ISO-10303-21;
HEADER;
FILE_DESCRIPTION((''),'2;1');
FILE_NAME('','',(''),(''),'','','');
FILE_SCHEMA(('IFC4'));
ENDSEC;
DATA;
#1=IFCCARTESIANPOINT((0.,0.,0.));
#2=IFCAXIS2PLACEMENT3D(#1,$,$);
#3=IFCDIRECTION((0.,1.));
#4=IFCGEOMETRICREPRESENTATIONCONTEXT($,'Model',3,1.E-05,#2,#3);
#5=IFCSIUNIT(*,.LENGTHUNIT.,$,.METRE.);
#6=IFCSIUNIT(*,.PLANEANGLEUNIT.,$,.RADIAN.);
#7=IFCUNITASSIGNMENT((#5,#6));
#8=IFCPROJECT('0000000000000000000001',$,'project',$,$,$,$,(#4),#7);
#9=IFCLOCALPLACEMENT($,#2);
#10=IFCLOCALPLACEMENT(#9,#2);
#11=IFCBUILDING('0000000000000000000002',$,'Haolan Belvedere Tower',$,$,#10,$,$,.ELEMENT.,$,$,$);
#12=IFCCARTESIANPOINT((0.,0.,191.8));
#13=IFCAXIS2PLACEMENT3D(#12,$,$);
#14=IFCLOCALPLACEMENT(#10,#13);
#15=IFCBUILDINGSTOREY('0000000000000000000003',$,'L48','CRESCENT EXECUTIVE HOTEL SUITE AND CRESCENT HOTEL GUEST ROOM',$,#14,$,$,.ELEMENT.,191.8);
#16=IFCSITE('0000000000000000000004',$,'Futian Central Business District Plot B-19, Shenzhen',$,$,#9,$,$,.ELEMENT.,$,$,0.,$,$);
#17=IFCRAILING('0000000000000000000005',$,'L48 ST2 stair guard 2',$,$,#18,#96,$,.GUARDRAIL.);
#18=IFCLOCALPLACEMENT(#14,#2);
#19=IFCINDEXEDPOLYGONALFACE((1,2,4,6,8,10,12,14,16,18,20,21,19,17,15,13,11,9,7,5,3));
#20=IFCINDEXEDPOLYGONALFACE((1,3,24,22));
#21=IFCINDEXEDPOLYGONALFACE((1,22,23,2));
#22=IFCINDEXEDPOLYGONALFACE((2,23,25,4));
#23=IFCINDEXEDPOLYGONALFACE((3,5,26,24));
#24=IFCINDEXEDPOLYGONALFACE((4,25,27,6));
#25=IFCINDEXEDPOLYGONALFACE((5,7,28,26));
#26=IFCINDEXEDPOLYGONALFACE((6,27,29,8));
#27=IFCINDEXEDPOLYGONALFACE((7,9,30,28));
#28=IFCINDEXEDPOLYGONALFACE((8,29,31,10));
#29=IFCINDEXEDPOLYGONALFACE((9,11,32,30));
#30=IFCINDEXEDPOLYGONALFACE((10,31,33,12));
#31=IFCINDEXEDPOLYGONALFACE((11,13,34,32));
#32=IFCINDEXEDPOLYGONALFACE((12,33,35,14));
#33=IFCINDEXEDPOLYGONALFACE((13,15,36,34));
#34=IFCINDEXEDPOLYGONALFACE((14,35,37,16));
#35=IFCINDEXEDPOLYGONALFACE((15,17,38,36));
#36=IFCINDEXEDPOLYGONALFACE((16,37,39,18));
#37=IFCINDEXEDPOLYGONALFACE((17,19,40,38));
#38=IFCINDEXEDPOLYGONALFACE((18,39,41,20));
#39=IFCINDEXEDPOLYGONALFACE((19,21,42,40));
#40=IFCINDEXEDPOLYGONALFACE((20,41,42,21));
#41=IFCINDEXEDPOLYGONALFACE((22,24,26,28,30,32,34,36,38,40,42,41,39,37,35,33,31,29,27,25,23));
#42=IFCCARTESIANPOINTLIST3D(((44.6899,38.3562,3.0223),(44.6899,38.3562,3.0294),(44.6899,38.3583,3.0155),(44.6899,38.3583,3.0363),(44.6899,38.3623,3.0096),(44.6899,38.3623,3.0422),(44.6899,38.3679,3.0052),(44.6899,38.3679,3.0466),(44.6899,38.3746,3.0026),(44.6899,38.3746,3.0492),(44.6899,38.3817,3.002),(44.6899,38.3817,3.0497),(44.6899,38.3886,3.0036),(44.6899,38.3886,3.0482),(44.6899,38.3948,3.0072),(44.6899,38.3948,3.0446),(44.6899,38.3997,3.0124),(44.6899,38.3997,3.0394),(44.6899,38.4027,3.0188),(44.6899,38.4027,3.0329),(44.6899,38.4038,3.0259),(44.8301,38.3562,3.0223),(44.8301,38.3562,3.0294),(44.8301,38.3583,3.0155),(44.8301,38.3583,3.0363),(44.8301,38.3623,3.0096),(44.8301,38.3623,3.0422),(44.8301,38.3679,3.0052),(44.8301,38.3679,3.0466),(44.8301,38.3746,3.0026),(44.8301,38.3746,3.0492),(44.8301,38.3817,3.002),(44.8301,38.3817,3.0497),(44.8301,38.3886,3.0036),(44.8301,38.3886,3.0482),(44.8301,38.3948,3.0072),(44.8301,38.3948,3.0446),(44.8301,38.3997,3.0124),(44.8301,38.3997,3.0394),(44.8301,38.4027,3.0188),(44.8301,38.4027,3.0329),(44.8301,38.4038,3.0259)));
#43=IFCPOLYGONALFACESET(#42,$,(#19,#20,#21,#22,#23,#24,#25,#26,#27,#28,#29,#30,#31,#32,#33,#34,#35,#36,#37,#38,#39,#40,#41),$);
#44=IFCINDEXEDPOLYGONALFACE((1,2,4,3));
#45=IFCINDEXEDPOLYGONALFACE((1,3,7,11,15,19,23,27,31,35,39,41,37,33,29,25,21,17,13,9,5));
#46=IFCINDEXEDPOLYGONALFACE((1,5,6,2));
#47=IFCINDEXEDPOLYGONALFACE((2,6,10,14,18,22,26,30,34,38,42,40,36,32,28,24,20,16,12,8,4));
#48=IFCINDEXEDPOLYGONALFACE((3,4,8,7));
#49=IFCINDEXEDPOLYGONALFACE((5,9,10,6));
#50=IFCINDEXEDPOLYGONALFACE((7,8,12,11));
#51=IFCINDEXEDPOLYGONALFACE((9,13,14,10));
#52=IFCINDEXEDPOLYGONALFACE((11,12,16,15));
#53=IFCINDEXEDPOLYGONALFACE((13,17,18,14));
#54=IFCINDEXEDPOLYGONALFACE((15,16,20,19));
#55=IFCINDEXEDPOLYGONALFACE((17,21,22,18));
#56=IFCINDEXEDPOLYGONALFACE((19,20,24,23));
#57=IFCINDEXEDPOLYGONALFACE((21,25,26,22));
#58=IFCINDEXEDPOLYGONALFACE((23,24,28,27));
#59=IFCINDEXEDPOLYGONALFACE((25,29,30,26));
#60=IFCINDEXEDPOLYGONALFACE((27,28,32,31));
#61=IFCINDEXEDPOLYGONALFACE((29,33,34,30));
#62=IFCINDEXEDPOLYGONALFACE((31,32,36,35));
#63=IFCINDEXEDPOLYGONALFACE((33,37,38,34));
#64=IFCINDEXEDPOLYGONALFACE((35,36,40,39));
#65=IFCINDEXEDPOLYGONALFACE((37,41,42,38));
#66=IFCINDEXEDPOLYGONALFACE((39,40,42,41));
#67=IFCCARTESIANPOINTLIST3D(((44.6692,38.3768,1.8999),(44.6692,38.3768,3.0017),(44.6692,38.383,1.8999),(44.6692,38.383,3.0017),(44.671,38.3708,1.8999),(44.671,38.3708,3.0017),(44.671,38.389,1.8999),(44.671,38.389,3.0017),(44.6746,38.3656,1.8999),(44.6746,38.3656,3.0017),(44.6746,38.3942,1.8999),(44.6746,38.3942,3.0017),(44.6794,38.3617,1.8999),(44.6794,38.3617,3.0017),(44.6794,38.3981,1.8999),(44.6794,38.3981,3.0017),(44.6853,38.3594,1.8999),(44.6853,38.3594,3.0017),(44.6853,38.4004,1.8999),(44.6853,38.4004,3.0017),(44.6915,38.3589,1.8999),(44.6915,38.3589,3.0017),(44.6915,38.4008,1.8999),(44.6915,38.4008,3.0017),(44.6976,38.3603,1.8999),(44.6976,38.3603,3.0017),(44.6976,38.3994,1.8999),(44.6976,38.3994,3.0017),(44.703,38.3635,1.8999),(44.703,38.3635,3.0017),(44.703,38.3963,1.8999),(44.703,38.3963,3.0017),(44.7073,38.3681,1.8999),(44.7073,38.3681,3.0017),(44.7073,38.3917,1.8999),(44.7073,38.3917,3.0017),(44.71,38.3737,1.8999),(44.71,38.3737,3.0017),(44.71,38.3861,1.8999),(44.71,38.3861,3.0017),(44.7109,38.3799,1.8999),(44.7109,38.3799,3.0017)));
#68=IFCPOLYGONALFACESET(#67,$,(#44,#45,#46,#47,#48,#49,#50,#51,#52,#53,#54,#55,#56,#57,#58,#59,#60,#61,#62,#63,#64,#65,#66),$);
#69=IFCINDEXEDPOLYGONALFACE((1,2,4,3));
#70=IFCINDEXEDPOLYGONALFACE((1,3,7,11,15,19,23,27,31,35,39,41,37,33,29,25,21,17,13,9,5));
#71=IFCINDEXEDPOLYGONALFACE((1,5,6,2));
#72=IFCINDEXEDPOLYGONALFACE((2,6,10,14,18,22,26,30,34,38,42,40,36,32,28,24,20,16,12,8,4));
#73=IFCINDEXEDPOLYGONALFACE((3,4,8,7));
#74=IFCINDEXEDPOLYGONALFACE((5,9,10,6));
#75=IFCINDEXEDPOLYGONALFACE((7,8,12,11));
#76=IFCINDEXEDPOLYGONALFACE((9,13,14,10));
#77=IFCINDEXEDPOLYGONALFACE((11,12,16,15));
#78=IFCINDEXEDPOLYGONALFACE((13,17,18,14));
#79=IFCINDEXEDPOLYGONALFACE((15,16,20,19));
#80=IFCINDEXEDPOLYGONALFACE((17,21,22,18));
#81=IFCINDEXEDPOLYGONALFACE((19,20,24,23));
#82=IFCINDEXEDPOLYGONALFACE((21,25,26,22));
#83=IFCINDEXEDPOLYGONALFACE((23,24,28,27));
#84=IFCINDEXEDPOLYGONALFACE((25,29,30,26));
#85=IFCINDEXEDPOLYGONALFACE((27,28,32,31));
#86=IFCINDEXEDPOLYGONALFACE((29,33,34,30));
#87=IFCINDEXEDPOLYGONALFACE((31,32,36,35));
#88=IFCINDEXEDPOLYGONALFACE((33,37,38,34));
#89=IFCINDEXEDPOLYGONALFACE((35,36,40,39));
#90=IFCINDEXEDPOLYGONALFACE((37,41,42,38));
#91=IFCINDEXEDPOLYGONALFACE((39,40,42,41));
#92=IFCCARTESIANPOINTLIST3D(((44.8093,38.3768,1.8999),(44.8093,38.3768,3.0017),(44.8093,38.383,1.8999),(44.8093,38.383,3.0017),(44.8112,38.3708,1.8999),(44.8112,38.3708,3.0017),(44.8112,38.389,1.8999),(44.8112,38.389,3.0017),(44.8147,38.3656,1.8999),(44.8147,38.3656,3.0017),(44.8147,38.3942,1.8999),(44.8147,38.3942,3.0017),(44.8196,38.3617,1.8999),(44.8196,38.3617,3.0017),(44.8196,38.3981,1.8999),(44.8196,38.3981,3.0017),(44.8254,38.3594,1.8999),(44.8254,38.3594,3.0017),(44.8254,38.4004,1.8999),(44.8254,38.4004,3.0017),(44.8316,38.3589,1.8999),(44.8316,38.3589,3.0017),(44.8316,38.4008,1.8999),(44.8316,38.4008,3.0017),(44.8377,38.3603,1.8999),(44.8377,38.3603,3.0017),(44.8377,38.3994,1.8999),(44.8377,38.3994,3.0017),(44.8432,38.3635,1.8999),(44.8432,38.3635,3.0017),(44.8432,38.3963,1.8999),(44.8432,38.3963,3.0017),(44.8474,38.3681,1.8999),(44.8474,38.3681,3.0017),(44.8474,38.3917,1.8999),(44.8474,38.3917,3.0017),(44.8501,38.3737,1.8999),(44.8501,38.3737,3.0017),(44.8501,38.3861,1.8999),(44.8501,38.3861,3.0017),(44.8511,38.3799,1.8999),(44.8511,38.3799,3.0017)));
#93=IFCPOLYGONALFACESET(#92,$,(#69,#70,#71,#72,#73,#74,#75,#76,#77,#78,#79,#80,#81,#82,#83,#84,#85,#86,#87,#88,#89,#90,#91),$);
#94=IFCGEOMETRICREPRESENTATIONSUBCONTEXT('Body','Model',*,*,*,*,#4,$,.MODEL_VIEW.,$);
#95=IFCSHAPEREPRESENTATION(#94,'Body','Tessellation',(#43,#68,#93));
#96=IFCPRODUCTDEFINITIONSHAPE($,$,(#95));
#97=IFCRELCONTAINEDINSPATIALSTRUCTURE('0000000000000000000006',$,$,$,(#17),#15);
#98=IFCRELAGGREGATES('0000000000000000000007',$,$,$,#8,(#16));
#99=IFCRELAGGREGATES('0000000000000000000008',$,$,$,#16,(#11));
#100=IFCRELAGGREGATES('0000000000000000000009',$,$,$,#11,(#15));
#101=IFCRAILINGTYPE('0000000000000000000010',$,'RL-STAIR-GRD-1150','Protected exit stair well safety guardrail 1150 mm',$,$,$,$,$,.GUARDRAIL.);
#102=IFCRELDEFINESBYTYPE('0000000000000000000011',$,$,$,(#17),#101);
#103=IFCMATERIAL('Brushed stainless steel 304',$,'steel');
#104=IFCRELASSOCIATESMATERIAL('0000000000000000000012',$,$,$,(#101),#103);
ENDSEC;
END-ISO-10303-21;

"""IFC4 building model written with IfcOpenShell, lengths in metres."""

from ifc_helpers import new_model, si_unit, direction, frame, origin, origin_2d, place, context, subcontext, project, spatial, circle, extrude, material, type_object, element, save


model = new_model("IFC4")

# Units and contexts
model_context = context("Model", 3, precision=1e-05, world=origin(), true_north=direction((0.0, 1.0)))
body_context = subcontext(model_context, "Body", "Model", "MODEL_VIEW")
ifc_project = project(units=[si_unit("LENGTHUNIT", "METRE"), si_unit("PLANEANGLEUNIT", "RADIAN")], contexts=[model_context])

# Site, building, storey
site_placement = place(None, origin())
site = spatial("IfcSite", under=ifc_project, at=site_placement, Name="Futian Central Business District Plot B-19, Shenzhen", CompositionType="ELEMENT", RefElevation=0.0)
building_placement = place(site_placement, origin())
building = spatial("IfcBuilding", under=site, at=building_placement, Name="Haolan Belvedere Tower", CompositionType="ELEMENT")
storey_placement = place(building_placement, frame((0.0, 0.0, 191.8)))
storey = spatial("IfcBuildingStorey", under=building, at=storey_placement, Name="L48", Description="CRESCENT EXECUTIVE HOTEL SUITE AND CRESCENT HOTEL GUEST ROOM", CompositionType="ELEMENT", Elevation=191.8)

# Railing
ifc_material_1 = material(Name="Brushed stainless steel 304", Category="steel")
railing_type_1 = type_object("IfcRailingType", Name="RL-STAIR-GRD-1150", Description="Protected exit stair well safety guardrail 1150 mm", PredefinedType="GUARDRAIL", material=ifc_material_1)
railing_1_placement = place(storey_placement, frame((44.6899, 38.3799, 1.8999)))
element("IfcRailing", 1, at=railing_1_placement, inside=storey, type_object=railing_type_1, Name="L48 ST2 stair guard 2", PredefinedType="GUARDRAIL", context=body_context, shape_type="SweptSolid", body=[
    extrude(circle(Radius=0.0239, at=origin_2d()), frame((0.0, 0.0, 1.126), z_axis=(1.0, 0.0, 0.0), x_axis=(0.0, 1.0, 0.0)), (0.0, 0.0, 1.0), 0.1401),
    extrude(circle(Radius=0.021, at=origin_2d()), origin(), (0.0, 0.0, 1.0), 1.1018),
    extrude(circle(Radius=0.021, at=origin_2d()), frame((0.1401, 0.0, 0.0)), (0.0, 0.0, 1.0), 1.1018),
])

save(model, "model.ifc")
